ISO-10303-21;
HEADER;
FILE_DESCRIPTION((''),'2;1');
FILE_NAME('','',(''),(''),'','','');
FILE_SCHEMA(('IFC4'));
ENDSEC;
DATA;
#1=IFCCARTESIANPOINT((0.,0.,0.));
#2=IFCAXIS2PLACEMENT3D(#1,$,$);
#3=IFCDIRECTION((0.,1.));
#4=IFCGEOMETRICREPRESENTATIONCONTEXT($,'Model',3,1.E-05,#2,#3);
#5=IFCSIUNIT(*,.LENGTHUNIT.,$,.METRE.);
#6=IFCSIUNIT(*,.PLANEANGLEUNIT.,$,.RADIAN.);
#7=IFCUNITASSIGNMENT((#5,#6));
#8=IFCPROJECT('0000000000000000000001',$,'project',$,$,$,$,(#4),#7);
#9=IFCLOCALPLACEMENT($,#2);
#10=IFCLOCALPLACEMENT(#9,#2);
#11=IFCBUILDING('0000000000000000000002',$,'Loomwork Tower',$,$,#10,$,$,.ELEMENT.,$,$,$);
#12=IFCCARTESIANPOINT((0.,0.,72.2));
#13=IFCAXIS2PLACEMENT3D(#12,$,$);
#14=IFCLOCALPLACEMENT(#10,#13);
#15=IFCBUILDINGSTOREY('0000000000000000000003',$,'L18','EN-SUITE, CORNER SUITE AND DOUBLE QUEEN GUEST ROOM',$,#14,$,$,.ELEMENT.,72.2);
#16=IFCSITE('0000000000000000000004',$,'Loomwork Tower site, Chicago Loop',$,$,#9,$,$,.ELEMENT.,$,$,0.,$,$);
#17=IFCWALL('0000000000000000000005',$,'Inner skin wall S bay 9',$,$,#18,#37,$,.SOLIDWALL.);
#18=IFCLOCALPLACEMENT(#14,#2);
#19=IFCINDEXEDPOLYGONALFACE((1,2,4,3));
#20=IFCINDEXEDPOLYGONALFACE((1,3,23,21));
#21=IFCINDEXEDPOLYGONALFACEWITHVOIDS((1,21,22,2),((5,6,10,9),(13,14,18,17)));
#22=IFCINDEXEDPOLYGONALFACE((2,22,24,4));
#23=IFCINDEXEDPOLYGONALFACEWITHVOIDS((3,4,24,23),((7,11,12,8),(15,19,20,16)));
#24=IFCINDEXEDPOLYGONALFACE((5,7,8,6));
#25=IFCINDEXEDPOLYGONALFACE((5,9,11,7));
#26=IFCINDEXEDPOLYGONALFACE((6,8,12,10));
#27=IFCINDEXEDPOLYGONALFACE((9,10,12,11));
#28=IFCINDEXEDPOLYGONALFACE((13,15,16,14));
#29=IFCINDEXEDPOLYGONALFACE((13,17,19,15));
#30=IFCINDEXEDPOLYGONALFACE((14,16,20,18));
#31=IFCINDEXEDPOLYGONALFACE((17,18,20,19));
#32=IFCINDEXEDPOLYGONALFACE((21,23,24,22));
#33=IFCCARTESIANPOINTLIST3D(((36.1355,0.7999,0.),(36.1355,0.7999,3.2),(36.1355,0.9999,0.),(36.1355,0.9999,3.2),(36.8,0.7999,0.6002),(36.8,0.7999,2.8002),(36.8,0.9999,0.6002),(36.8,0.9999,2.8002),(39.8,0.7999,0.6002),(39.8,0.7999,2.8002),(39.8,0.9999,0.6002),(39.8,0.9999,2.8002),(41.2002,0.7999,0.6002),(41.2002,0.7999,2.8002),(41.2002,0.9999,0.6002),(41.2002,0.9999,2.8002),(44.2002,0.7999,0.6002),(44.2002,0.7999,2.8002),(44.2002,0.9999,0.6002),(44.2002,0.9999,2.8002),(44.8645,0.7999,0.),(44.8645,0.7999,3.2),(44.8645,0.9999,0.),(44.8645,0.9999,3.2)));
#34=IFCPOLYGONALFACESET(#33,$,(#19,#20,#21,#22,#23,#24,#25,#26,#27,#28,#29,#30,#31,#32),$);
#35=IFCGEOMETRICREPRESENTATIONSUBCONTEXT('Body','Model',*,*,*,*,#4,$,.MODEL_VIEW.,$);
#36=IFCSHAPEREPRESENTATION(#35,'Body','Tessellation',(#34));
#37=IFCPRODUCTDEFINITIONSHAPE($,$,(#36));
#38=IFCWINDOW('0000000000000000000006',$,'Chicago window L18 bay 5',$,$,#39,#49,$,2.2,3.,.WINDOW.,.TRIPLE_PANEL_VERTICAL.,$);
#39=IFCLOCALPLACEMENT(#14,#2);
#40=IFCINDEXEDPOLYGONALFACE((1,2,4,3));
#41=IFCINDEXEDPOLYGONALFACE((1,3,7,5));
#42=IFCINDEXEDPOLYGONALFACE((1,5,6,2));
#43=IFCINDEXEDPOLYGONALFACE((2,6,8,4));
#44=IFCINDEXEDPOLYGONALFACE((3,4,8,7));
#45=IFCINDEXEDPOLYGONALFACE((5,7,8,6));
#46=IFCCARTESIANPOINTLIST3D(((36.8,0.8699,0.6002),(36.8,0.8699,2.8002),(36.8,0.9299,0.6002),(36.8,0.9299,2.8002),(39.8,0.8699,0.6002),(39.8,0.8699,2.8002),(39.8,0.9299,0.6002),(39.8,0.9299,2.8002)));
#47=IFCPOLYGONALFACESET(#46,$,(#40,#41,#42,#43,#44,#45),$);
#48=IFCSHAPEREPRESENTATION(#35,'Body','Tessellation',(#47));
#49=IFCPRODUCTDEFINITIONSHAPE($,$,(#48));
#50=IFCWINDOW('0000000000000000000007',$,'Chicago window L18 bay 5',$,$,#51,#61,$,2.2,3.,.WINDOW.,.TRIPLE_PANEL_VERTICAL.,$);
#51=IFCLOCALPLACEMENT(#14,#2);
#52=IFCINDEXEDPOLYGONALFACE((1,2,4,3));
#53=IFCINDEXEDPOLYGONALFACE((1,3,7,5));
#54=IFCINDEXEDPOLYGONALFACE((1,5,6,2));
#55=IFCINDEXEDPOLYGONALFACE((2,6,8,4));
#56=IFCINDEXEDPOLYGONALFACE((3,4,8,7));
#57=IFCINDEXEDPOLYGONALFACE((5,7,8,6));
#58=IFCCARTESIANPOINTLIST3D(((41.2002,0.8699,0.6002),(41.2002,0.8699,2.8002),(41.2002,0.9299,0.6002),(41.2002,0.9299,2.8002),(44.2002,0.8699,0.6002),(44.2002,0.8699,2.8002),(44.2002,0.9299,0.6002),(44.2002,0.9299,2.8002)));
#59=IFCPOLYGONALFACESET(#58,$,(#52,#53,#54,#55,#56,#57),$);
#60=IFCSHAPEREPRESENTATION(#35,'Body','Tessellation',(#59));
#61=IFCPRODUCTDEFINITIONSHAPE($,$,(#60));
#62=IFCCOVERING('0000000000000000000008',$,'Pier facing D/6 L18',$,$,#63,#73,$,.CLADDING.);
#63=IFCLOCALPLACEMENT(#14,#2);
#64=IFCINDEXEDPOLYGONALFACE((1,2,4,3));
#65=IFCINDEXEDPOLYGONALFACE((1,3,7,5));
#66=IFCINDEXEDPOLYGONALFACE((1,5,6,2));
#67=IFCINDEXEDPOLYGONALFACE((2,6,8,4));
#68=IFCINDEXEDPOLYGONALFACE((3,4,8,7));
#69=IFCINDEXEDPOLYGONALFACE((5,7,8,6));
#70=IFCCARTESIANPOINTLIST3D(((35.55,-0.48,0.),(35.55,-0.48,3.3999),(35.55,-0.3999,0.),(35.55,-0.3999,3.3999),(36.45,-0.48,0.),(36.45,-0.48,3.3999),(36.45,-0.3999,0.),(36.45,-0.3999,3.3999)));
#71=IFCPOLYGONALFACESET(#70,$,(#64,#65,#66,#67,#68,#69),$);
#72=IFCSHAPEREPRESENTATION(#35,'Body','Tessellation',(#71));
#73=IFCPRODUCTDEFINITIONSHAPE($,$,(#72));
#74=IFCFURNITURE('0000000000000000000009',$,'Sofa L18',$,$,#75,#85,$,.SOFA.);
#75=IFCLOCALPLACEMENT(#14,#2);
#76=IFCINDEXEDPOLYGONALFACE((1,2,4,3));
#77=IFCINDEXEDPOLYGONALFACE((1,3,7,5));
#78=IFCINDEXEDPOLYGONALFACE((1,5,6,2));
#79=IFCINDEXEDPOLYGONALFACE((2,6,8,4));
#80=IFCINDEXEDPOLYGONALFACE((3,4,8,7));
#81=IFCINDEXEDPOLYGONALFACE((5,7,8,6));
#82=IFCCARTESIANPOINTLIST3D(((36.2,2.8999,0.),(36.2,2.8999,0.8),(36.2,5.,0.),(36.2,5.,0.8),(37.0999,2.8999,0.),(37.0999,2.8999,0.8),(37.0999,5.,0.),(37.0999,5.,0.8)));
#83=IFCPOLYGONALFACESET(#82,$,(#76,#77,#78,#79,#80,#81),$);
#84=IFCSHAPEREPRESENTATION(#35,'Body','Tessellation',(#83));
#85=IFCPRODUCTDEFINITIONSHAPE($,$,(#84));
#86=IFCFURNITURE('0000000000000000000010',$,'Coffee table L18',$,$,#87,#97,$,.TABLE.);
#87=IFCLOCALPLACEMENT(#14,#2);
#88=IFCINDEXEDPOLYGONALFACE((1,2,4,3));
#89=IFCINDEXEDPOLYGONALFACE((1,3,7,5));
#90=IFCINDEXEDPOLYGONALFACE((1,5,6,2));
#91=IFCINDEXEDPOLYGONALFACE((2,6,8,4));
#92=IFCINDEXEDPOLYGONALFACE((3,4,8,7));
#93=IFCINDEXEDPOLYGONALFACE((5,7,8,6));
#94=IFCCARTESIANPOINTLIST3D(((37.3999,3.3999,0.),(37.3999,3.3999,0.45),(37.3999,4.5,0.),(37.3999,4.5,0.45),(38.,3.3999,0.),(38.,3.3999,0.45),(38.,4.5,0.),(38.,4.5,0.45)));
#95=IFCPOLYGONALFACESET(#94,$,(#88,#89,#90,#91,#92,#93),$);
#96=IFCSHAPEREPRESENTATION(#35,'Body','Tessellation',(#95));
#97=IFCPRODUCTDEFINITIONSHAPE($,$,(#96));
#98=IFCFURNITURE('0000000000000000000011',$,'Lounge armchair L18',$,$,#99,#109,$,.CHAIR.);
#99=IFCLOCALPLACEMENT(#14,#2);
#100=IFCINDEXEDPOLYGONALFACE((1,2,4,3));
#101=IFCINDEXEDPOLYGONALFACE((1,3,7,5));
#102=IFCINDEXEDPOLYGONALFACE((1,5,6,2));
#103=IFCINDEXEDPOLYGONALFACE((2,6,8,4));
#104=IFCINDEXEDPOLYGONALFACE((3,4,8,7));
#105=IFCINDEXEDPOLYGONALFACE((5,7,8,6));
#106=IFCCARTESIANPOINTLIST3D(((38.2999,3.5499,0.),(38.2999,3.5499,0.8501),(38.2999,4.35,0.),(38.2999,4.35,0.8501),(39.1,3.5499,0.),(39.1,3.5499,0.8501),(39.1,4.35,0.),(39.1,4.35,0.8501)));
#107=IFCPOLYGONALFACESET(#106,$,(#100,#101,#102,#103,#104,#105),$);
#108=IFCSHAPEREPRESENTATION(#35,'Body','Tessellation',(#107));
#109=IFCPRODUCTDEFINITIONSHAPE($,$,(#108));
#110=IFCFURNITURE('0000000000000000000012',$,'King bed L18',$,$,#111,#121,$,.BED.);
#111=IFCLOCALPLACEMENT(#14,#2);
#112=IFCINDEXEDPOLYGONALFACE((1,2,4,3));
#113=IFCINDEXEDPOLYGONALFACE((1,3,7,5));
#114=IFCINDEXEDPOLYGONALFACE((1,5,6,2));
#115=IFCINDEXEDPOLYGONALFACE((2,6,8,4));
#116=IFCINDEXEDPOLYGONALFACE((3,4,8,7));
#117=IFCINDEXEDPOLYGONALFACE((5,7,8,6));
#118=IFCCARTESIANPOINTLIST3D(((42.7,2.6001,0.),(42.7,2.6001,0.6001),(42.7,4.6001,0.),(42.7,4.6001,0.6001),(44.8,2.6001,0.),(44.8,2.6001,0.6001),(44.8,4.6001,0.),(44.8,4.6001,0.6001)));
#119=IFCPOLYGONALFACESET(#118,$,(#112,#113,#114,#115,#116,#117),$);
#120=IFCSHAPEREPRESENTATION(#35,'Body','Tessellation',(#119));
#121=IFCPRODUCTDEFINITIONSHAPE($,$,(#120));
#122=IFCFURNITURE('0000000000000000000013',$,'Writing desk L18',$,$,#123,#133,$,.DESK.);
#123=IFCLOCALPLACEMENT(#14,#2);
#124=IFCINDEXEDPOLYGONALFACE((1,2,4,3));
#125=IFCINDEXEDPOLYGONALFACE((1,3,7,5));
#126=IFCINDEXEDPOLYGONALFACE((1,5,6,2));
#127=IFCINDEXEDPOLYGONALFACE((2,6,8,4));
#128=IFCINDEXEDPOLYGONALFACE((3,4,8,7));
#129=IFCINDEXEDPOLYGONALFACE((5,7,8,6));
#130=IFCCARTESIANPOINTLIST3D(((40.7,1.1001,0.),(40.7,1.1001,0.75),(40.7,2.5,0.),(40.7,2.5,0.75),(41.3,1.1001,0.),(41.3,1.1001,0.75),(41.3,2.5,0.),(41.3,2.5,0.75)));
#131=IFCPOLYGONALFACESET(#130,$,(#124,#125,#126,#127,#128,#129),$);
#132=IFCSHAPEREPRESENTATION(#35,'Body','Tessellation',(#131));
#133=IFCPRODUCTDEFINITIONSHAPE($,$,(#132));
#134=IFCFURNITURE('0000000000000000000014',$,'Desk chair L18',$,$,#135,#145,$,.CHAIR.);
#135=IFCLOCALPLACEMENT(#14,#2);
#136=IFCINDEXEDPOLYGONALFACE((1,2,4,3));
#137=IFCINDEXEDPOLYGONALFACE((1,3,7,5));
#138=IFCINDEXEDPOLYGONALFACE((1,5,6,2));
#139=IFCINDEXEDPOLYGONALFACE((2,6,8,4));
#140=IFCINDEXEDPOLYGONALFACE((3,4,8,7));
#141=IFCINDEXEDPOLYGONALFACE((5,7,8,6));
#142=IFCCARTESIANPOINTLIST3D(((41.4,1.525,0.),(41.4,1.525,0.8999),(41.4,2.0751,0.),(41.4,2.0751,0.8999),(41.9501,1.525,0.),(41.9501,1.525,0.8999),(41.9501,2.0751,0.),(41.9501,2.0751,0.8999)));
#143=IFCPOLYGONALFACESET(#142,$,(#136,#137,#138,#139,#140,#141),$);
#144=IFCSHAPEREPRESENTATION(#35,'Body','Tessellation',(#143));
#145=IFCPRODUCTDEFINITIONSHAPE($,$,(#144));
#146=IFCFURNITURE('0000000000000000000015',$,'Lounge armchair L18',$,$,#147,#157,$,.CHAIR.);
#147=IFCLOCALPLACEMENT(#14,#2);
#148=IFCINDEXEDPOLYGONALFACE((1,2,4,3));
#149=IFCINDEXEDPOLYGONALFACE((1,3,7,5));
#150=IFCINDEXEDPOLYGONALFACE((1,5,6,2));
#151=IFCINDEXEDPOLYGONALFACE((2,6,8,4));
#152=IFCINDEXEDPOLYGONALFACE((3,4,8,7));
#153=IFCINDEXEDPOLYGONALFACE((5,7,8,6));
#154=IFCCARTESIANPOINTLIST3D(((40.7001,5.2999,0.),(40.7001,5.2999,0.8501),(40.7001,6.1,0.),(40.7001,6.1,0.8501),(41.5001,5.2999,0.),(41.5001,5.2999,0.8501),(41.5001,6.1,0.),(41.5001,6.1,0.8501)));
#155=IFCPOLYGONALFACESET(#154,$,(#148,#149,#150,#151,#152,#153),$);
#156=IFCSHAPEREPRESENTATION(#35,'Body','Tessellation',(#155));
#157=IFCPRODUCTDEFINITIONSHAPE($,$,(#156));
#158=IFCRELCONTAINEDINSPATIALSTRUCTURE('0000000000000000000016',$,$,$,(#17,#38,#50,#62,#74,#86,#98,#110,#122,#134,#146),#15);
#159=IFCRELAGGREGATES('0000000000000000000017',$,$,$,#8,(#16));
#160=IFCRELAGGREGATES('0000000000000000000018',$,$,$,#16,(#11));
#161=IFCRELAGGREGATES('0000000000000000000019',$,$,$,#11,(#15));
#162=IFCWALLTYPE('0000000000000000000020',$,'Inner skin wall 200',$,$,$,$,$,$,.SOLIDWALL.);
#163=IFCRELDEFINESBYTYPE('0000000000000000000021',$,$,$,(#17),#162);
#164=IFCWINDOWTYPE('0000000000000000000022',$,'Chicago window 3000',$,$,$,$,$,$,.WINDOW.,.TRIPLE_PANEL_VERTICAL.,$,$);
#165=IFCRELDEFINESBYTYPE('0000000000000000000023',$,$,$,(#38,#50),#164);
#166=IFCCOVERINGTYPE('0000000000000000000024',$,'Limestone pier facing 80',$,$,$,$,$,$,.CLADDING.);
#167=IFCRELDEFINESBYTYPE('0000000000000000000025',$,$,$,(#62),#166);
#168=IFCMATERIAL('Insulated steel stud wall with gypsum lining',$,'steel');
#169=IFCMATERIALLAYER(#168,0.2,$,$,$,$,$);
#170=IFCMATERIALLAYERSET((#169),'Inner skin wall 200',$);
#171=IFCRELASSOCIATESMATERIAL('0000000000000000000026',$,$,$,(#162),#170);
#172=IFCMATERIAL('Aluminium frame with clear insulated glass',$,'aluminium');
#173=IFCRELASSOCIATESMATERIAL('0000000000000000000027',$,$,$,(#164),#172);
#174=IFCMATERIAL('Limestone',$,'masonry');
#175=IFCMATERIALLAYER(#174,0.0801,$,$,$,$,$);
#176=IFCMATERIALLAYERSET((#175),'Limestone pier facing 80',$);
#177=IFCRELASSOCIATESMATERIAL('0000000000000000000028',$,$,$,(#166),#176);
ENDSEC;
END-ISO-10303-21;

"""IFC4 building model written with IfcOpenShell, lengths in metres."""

from ifc_helpers import new_model, si_unit, direction, frame, frame_2d, origin, origin_2d, place, context, subcontext, project, spatial, rectangle, extrude, material, layer, layer_set, type_object, element, fill, save


model = new_model("IFC4")

# Units and contexts
model_context = context("Model", 3, precision=1e-05, world=origin(), true_north=direction((0.0, 1.0)))
body_context = subcontext(model_context, "Body", "Model", "MODEL_VIEW")
ifc_project = project(units=[si_unit("LENGTHUNIT", "METRE"), si_unit("PLANEANGLEUNIT", "RADIAN")], contexts=[model_context])

# Site, building, storey
site_placement = place(None, origin())
site = spatial("IfcSite", under=ifc_project, at=site_placement, Name="Loomwork Tower site, Chicago Loop", CompositionType="ELEMENT", RefElevation=0.0)
building_placement = place(site_placement, origin())
building = spatial("IfcBuilding", under=site, at=building_placement, Name="Loomwork Tower", CompositionType="ELEMENT")
storey_placement = place(building_placement, frame((0.0, 0.0, 72.2)))
storey = spatial("IfcBuildingStorey", under=building, at=storey_placement, Name="L18", Description="EN-SUITE, CORNER SUITE AND DOUBLE QUEEN GUEST ROOM", CompositionType="ELEMENT", Elevation=72.2)

# Wall, openings, windows
ifc_material_1 = material(Name="Insulated steel stud wall with gypsum lining", Category="steel")
ifc_layer_1 = layer(ifc_material_1, 0.2)
ifc_layer_set_1 = layer_set([ifc_layer_1], Name="Inner skin wall 200")
wall_type = type_object("IfcWallType", Name="Inner skin wall 200", PredefinedType="SOLIDWALL", material=ifc_layer_set_1)
wall_placement = place(storey_placement, frame((36.1355, 0.8999, 0.0), z_axis=(0.0, 0.0, 1.0), x_axis=(1.0, 0.0, 0.0)))
wall = element("IfcWall", 1, at=wall_placement, inside=storey, type_object=wall_type, Name="Inner skin wall S bay 9", PredefinedType="SOLIDWALL", context=body_context, shape_type="SweptSolid", body=[
    extrude(rectangle(XDim=8.729, YDim=0.2, at=frame_2d((4.3645, 0.0))), origin(), (0.0, 0.0, 1.0), 3.2),
])
opening_1_placement = place(wall_placement, frame((0.6646, 0.0, 0.6001)))
opening_1 = element("IfcOpeningElement", 2, at=opening_1_placement, cuts=wall, PredefinedType="OPENING", context=body_context, shape_type="SweptSolid", body=[
    extrude(rectangle(XDim=3.0, YDim=2.2, at=frame_2d((1.5, 1.1001))), frame((0.0, 0.1099, 0.0), z_axis=(0.0, -1.0, 0.0), x_axis=(1.0, 0.0, 0.0)), (0.0, 0.0, 1.0), 0.22),
])
opening_2_placement = place(wall_placement, frame((5.0647, 0.0, 0.6001)))
opening_2 = element("IfcOpeningElement", 3, at=opening_2_placement, cuts=wall, PredefinedType="OPENING", context=body_context, shape_type="SweptSolid", body=[
    extrude(rectangle(XDim=3.0, YDim=2.2, at=frame_2d((1.5, 1.1001))), frame((0.0, 0.1099, 0.0), z_axis=(0.0, -1.0, 0.0), x_axis=(1.0, 0.0, 0.0)), (0.0, 0.0, 1.0), 0.22),
])
ifc_material_2 = material(Name="Aluminium frame with clear insulated glass", Category="aluminium")
window_type = type_object("IfcWindowType", Name="Chicago window 3000", PartitioningType="TRIPLE_PANEL_VERTICAL", PredefinedType="WINDOW", material=ifc_material_2)
window_1_placement = place(opening_1_placement, origin())
window_1 = element("IfcWindow", 4, at=window_1_placement, inside=storey, type_object=window_type, Name="Chicago window L18 bay 5", OverallHeight=2.2, OverallWidth=3.0, PartitioningType="TRIPLE_PANEL_VERTICAL", PredefinedType="WINDOW", context=body_context, shape_type="SweptSolid", body=[
    extrude(rectangle(XDim=3.0, YDim=2.2, at=frame_2d((1.5, 1.1001))), frame((0.0, 0.03, 0.0), z_axis=(0.0, -1.0, 0.0), x_axis=(1.0, 0.0, 0.0)), (0.0, 0.0, 1.0), 0.0601),
])
fill(opening_1, window_1)
window_2_placement = place(opening_2_placement, origin())
window_2 = element("IfcWindow", 5, at=window_2_placement, inside=storey, type_object=window_type, Name="Chicago window L18 bay 5", OverallHeight=2.2, OverallWidth=3.0, PartitioningType="TRIPLE_PANEL_VERTICAL", PredefinedType="WINDOW", context=body_context, shape_type="SweptSolid", body=[
    extrude(rectangle(XDim=3.0, YDim=2.2, at=frame_2d((1.5, 1.1001))), frame((0.0, 0.03, 0.0), z_axis=(0.0, -1.0, 0.0), x_axis=(1.0, 0.0, 0.0)), (0.0, 0.0, 1.0), 0.0601),
])
fill(opening_2, window_2)

# Covering
ifc_material_3 = material(Name="Limestone", Category="masonry")
ifc_layer_2 = layer(ifc_material_3, 0.0801)
ifc_layer_set_2 = layer_set([ifc_layer_2], Name="Limestone pier facing 80")
covering_type = type_object("IfcCoveringType", Name="Limestone pier facing 80", PredefinedType="CLADDING", material=ifc_layer_set_2)
covering_placement = place(storey_placement, frame((36.0, -0.4399, 0.0), z_axis=(0.0, 0.0, 1.0), x_axis=(1.0, 0.0, 0.0)))
element("IfcCovering", 6, at=covering_placement, inside=storey, type_object=covering_type, Name="Pier facing D/6 L18", PredefinedType="CLADDING", context=body_context, shape_type="SweptSolid", body=[
    extrude(rectangle(XDim=0.8999, YDim=0.0801, at=origin_2d()), origin(), (0.0, 0.0, 1.0), 3.3999),
])

# Furniture
furniture_1_placement = place(storey_placement, frame((36.6499, 3.95, 0.0), z_axis=(0.0, 0.0, 1.0), x_axis=(1.0, 0.0, 0.0)))
element("IfcFurniture", 7, at=furniture_1_placement, inside=storey, Name="Sofa L18", PredefinedType="SOFA", context=body_context, shape_type="SweptSolid", body=[
    extrude(rectangle(XDim=0.8999, YDim=2.1001, at=origin_2d()), origin(), (0.0, 0.0, 1.0), 0.8),
])
furniture_2_placement = place(storey_placement, frame((37.7, 3.95, 0.0), z_axis=(0.0, 0.0, 1.0), x_axis=(1.0, 0.0, 0.0)))
element("IfcFurniture", 8, at=furniture_2_placement, inside=storey, Name="Coffee table L18", PredefinedType="TABLE", context=body_context, shape_type="SweptSolid", body=[
    extrude(rectangle(XDim=0.6001, YDim=1.1001, at=origin_2d()), origin(), (0.0, 0.0, 1.0), 0.45),
])
furniture_3_placement = place(storey_placement, frame((38.7, 3.95, 0.0), z_axis=(0.0, 0.0, 1.0), x_axis=(1.0, 0.0, 0.0)))
element("IfcFurniture", 9, at=furniture_3_placement, inside=storey, Name="Lounge armchair L18", PredefinedType="CHAIR", context=body_context, shape_type="SweptSolid", body=[
    extrude(rectangle(XDim=0.8, YDim=0.8, at=origin_2d()), origin(), (0.0, 0.0, 1.0), 0.8501),
])
furniture_4_placement = place(storey_placement, frame((43.75, 3.6001, 0.0), z_axis=(0.0, 0.0, 1.0), x_axis=(1.0, 0.0, 0.0)))
element("IfcFurniture", 10, at=furniture_4_placement, inside=storey, Name="King bed L18", PredefinedType="BED", context=body_context, shape_type="SweptSolid", body=[
    extrude(rectangle(XDim=2.1001, YDim=2.0, at=origin_2d()), origin(), (0.0, 0.0, 1.0), 0.6001),
])
furniture_5_placement = place(storey_placement, frame((41.0, 1.8, 0.0), z_axis=(0.0, 0.0, 1.0), x_axis=(1.0, 0.0, 0.0)))
element("IfcFurniture", 11, at=furniture_5_placement, inside=storey, Name="Writing desk L18", PredefinedType="DESK", context=body_context, shape_type="SweptSolid", body=[
    extrude(rectangle(XDim=0.6001, YDim=1.3999, at=origin_2d()), origin(), (0.0, 0.0, 1.0), 0.75),
])
furniture_6_placement = place(storey_placement, frame((41.675, 1.8, 0.0), z_axis=(0.0, 0.0, 1.0), x_axis=(1.0, 0.0, 0.0)))
element("IfcFurniture", 12, at=furniture_6_placement, inside=storey, Name="Desk chair L18", PredefinedType="CHAIR", context=body_context, shape_type="SweptSolid", body=[
    extrude(rectangle(XDim=0.55, YDim=0.55, at=origin_2d()), origin(), (0.0, 0.0, 1.0), 0.8999),
])
furniture_7_placement = place(storey_placement, frame((41.1001, 5.7, 0.0), z_axis=(0.0, 0.0, 1.0), x_axis=(1.0, 0.0, 0.0)))
element("IfcFurniture", 13, at=furniture_7_placement, inside=storey, Name="Lounge armchair L18", PredefinedType="CHAIR", context=body_context, shape_type="SweptSolid", body=[
    extrude(rectangle(XDim=0.8, YDim=0.8, at=origin_2d()), origin(), (0.0, 0.0, 1.0), 0.8501),
])

save(model, "model.ifc")
